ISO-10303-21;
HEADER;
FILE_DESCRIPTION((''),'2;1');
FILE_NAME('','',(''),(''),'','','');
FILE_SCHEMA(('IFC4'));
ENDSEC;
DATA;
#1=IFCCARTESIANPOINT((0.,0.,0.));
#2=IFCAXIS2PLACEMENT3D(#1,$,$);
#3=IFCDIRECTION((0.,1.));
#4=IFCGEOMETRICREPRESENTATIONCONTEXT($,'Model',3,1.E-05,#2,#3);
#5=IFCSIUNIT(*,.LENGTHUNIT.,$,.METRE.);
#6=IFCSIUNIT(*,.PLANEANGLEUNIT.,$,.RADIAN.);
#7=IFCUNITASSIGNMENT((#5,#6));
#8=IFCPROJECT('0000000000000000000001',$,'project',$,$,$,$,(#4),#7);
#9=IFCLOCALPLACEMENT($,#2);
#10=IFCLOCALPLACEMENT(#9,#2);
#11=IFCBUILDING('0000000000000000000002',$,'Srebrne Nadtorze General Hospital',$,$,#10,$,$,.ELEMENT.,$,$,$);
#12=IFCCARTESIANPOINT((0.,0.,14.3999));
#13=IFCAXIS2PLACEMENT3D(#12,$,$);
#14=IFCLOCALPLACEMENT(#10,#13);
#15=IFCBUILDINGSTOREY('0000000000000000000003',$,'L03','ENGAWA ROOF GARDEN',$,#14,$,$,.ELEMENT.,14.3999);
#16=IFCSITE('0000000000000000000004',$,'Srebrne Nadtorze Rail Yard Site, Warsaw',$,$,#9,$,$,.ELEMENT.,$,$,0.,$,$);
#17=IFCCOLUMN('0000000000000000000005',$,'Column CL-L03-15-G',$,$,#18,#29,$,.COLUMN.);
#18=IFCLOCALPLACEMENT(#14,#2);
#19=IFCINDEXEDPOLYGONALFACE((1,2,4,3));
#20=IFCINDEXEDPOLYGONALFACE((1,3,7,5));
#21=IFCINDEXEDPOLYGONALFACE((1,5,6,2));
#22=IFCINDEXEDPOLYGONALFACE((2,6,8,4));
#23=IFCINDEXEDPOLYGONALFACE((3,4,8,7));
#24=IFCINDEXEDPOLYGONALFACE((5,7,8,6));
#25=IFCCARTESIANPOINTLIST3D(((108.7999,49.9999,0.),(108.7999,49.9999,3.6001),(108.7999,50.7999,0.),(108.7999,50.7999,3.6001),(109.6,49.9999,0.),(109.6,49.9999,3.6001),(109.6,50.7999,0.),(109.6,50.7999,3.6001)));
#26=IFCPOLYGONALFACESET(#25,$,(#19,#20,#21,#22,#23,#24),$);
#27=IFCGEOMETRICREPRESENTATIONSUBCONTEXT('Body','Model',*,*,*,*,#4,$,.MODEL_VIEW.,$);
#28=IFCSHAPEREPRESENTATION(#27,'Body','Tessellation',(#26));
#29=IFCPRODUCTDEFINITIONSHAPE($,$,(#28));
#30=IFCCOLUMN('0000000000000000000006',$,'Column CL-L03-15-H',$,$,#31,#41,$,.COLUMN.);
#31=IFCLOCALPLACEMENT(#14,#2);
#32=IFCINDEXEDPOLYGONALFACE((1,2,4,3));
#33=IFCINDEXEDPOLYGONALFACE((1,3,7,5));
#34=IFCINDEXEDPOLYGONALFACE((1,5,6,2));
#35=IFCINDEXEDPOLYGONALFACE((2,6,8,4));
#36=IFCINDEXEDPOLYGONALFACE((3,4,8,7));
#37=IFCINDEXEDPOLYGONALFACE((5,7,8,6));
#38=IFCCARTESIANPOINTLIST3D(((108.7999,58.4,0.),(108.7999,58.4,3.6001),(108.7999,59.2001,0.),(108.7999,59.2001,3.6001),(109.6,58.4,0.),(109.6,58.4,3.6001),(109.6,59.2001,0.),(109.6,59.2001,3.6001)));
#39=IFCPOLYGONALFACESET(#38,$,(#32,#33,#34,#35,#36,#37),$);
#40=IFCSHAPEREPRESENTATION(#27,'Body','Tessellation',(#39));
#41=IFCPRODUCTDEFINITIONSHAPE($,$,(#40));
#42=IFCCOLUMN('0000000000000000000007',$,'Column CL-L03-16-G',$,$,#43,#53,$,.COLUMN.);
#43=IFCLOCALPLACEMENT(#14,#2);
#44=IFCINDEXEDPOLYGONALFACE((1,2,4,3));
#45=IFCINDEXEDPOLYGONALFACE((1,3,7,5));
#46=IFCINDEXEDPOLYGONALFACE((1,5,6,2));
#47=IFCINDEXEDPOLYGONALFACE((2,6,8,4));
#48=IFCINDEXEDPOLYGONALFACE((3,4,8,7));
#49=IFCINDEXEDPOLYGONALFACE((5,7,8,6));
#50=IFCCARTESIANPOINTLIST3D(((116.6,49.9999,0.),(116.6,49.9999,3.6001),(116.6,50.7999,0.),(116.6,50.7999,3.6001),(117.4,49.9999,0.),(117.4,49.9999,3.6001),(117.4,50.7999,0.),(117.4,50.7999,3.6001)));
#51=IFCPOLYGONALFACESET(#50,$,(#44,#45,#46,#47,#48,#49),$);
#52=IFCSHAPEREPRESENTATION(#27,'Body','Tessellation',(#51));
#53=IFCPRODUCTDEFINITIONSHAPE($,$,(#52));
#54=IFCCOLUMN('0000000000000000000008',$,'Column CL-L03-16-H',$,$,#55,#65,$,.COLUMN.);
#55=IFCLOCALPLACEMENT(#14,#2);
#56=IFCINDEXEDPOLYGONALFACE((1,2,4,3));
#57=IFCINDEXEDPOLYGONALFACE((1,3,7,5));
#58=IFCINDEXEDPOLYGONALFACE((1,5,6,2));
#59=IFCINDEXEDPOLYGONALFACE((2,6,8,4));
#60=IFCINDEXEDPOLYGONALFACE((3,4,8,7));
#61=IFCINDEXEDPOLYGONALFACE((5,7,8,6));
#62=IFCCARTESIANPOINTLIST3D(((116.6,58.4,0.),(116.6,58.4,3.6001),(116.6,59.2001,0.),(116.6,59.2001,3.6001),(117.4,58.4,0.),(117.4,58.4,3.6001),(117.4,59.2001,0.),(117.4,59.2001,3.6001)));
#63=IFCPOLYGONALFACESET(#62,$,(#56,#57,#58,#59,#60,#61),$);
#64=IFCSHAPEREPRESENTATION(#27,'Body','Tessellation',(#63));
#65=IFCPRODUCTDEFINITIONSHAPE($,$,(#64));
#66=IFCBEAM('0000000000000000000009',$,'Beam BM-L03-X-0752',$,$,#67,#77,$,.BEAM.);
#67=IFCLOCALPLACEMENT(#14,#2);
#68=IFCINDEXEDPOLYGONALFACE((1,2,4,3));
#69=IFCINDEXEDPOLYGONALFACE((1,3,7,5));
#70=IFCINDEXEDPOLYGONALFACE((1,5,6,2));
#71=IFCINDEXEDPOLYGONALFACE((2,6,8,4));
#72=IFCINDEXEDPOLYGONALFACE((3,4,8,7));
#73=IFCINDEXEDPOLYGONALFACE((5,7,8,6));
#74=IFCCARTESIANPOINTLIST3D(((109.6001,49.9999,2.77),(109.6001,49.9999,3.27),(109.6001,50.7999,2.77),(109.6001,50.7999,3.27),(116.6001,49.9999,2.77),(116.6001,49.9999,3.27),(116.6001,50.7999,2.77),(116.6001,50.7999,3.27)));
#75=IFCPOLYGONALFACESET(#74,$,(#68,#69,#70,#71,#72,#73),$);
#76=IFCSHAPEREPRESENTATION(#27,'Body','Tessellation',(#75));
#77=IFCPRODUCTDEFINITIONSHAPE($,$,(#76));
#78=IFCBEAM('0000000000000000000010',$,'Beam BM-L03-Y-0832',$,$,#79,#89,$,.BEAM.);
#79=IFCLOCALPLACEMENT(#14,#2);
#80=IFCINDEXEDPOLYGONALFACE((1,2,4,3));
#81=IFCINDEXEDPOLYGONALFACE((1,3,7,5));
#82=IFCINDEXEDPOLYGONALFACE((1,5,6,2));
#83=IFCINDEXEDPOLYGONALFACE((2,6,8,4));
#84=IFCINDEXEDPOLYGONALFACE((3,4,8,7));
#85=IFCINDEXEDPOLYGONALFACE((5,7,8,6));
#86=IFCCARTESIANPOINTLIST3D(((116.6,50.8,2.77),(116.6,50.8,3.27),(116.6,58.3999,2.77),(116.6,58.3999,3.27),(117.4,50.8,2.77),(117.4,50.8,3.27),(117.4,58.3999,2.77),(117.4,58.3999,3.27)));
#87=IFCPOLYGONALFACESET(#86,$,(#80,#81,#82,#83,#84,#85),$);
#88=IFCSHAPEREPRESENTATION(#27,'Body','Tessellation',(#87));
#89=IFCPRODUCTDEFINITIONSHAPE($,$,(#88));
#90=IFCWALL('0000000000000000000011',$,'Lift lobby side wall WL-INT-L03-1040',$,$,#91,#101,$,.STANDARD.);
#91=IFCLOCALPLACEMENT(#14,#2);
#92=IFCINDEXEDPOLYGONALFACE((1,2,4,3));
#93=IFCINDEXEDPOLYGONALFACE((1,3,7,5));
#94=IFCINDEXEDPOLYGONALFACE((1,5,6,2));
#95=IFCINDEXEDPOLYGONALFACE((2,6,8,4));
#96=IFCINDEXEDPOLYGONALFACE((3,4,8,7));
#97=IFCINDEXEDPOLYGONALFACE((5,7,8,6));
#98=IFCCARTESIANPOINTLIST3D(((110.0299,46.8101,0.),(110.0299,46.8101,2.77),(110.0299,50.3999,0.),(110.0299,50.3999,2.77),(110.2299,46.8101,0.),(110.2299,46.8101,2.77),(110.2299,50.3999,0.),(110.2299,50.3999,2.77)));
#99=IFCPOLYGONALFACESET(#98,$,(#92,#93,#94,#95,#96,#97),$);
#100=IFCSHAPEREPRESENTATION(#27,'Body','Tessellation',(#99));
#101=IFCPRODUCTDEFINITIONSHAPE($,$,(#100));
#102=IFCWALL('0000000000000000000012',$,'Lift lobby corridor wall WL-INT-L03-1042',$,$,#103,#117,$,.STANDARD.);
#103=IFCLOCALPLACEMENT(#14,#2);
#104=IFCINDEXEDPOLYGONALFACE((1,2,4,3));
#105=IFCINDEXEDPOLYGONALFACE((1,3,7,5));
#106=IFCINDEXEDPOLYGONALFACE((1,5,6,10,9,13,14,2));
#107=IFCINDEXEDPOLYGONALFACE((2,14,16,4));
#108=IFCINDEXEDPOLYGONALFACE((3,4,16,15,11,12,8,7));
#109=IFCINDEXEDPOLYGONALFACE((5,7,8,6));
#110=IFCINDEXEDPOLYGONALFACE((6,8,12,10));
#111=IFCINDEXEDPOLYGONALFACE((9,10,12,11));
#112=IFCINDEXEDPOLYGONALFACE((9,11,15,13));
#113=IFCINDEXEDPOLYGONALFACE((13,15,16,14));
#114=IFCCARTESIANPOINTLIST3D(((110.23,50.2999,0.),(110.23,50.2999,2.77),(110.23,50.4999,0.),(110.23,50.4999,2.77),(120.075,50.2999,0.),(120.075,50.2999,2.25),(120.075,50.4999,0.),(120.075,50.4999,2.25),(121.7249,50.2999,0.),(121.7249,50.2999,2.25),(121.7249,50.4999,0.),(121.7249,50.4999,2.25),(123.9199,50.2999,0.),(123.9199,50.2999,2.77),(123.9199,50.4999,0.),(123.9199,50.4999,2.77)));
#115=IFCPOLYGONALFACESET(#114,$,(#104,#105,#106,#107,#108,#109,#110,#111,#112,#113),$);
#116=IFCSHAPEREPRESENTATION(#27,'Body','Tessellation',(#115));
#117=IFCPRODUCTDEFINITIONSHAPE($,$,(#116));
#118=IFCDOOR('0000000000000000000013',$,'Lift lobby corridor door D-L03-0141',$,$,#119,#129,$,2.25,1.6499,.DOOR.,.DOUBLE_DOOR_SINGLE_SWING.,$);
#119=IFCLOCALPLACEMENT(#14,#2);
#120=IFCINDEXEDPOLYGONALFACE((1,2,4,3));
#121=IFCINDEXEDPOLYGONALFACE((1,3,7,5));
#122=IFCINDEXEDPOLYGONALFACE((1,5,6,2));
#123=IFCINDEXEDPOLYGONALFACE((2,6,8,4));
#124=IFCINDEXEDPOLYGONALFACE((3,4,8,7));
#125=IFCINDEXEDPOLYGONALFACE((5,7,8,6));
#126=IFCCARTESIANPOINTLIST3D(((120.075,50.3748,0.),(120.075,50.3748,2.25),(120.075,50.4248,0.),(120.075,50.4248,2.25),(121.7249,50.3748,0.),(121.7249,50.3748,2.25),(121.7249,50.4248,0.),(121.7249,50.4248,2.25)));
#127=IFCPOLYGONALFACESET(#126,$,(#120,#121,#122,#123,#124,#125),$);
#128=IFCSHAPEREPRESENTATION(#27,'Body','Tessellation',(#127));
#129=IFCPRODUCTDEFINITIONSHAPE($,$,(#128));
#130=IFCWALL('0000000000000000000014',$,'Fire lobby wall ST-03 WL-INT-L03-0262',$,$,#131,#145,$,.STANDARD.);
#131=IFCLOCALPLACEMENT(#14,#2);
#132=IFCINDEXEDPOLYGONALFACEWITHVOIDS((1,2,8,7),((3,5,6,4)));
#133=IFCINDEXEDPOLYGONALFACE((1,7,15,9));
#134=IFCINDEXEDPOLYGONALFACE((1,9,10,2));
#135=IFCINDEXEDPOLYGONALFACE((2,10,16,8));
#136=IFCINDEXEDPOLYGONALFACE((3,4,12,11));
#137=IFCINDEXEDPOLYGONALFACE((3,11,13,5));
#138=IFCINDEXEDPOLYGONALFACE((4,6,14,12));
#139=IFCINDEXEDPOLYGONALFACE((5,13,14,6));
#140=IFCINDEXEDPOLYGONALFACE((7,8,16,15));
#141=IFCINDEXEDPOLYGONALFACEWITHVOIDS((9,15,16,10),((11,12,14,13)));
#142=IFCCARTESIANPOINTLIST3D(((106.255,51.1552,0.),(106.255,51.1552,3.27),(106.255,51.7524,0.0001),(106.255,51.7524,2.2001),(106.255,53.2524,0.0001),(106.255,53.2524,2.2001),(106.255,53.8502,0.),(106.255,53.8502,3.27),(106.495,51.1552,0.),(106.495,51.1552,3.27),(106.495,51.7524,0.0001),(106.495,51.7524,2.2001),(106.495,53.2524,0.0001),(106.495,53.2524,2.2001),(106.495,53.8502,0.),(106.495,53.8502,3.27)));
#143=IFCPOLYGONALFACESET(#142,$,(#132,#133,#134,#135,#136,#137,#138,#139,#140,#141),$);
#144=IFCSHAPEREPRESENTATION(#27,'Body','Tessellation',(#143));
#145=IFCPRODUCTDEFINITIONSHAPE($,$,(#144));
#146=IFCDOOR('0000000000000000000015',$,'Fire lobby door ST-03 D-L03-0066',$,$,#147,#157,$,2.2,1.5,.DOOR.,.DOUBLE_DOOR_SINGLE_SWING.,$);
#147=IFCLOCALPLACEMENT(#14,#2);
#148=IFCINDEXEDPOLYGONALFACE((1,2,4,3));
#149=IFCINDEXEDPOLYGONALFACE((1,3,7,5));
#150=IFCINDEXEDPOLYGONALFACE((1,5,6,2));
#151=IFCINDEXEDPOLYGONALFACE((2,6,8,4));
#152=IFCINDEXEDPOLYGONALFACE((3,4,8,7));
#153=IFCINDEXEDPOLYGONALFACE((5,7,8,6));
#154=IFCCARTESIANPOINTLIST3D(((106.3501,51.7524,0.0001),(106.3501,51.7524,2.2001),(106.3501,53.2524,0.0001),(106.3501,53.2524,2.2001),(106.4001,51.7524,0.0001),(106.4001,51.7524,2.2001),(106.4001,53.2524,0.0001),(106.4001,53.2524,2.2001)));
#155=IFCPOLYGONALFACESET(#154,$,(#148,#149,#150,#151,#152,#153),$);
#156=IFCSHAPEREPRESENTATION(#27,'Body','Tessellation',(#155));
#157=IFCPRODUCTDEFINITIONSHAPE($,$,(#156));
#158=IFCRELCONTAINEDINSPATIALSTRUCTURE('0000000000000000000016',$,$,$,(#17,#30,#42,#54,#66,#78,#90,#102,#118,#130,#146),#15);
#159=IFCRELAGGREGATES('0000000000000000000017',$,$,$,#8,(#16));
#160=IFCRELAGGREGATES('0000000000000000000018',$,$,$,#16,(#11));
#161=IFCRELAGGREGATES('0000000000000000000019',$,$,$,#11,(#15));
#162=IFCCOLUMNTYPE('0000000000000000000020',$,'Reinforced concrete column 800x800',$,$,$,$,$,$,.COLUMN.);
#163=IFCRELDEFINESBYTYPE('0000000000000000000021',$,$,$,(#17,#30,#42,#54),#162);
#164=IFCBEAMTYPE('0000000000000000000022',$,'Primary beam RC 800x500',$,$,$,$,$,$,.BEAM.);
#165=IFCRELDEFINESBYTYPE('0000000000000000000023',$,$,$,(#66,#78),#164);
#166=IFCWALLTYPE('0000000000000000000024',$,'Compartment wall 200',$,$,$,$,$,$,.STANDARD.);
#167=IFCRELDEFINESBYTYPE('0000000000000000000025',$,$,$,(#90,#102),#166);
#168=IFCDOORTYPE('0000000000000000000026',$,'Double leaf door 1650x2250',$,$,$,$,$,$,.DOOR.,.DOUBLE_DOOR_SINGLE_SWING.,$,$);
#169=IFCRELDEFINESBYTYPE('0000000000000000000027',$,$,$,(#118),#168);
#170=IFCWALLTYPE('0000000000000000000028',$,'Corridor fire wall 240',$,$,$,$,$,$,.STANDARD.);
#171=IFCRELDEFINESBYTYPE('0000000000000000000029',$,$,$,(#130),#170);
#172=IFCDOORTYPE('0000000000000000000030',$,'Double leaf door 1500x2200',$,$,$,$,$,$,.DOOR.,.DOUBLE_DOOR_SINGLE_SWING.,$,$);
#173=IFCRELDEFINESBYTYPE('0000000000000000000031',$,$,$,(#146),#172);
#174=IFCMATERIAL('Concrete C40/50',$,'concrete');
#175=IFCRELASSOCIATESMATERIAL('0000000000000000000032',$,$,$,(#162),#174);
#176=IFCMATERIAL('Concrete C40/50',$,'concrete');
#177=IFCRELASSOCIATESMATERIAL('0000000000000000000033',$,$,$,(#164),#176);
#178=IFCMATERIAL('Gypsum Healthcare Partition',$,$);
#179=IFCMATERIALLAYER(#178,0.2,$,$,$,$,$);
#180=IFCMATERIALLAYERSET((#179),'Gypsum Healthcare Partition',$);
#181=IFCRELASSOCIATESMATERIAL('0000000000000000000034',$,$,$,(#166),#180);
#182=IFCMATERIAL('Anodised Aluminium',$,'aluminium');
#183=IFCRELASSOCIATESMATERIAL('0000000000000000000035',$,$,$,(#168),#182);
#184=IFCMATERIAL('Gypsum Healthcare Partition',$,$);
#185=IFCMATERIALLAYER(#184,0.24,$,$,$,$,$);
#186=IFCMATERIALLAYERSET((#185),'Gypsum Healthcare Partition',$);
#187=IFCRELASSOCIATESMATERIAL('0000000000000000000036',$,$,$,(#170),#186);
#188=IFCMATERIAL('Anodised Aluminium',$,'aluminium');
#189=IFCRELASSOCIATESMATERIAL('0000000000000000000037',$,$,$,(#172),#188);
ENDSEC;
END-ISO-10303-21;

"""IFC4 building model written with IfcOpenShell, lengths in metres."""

from ifc_helpers import new_model, si_unit, direction, frame, frame_2d, origin, origin_2d, place, context, subcontext, project, spatial, rectangle, extrude, material, layer, layer_set, material_profile, profile_set, type_object, element, fill, save


model = new_model("IFC4")

# Units and contexts
model_context = context("Model", 3, precision=1e-05, world=origin(), true_north=direction((0.0, 1.0)))
body_context = subcontext(model_context, "Body", "Model", "MODEL_VIEW")
ifc_project = project(units=[si_unit("LENGTHUNIT", "METRE"), si_unit("PLANEANGLEUNIT", "RADIAN")], contexts=[model_context])

# Site, building, storey
site_placement = place(None, origin())
site = spatial("IfcSite", under=ifc_project, at=site_placement, Name="Srebrne Nadtorze Rail Yard Site, Warsaw", CompositionType="ELEMENT", RefElevation=0.0)
building_placement = place(site_placement, origin())
building = spatial("IfcBuilding", under=site, at=building_placement, Name="Srebrne Nadtorze General Hospital", CompositionType="ELEMENT")
storey_placement = place(building_placement, frame((0.0, 0.0, 14.3999)))
storey = spatial("IfcBuildingStorey", under=building, at=storey_placement, Name="L03", Description="ENGAWA ROOF GARDEN", CompositionType="ELEMENT", Elevation=14.3999)

# Columns
ifc_material_1 = material(Name="Concrete C40/50", Category="concrete")
ifc_material_profile_1 = material_profile(ifc_material_1, rectangle(XDim=0.8, YDim=0.8, at=origin_2d()), Name="RC-COL-800x800")
ifc_profile_set_1 = profile_set([ifc_material_profile_1], Name="Concrete C40/50")
column_type = type_object("IfcColumnType", Name="Reinforced concrete column 800x800", PredefinedType="COLUMN", material=ifc_profile_set_1)
for number, where, z_axis, x_axis, name in (
    (1, (109.2, 50.3999, 0.0), (0.0, 0.0, 1.0), (1.0, 0.0, 0.0), "Column CL-L03-15-G"),
    (2, (109.2, 58.8, 0.0), (0.0, 0.0, 1.0), (1.0, 0.0, 0.0), "Column CL-L03-15-H"),
    (3, (117.0, 50.3999, 0.0), (0.0, 0.0, 1.0), (1.0, 0.0, 0.0), "Column CL-L03-16-G"),
    (4, (117.0, 58.8, 0.0), (0.0, 0.0, 1.0), (1.0, 0.0, 0.0), "Column CL-L03-16-H"),
):
    element("IfcColumn", number, at=place(storey_placement, frame(where, z_axis=z_axis, x_axis=x_axis)), inside=storey, type_object=column_type, Name=name, PredefinedType="COLUMN", context=body_context, shape_type="SweptSolid", body=[
        extrude(rectangle(XDim=0.8, YDim=0.8, at=origin_2d()), origin(), (0.0, 0.0, 1.0), 3.6001),
    ])

# Beams
ifc_material_2 = material(Name="Concrete C40/50", Category="concrete")
ifc_material_profile_2 = material_profile(ifc_material_2, rectangle(XDim=0.8, YDim=0.5, at=origin_2d()), Name="RC-BM-800x500")
ifc_profile_set_2 = profile_set([ifc_material_profile_2], Name="Concrete C40/50")
beam_type = type_object("IfcBeamType", Name="Primary beam RC 800x500", PredefinedType="BEAM", material=ifc_profile_set_2)
beam_1_placement = place(storey_placement, frame((109.6001, 50.3999, 3.02), z_axis=(1.0, 0.0, 0.0), x_axis=(0.0, 1.0, 0.0)))
element("IfcBeam", 5, at=beam_1_placement, inside=storey, type_object=beam_type, Name="Beam BM-L03-X-0752", PredefinedType="BEAM", context=body_context, shape_type="SweptSolid", body=[
    extrude(rectangle(XDim=0.8, YDim=0.5, at=origin_2d()), origin(), (0.0, 0.0, 1.0), 7.0),
])
beam_2_placement = place(storey_placement, frame((117.0, 50.8, 3.02), z_axis=(0.0, 1.0, 0.0), x_axis=(-1.0, 0.0, 0.0)))
element("IfcBeam", 6, at=beam_2_placement, inside=storey, type_object=beam_type, Name="Beam BM-L03-Y-0832", PredefinedType="BEAM", context=body_context, shape_type="SweptSolid", body=[
    extrude(rectangle(XDim=0.8, YDim=0.5, at=origin_2d()), origin(), (0.0, 0.0, 1.0), 7.5999),
])

# Wall
ifc_material_3 = material(Name="Gypsum Healthcare Partition")
ifc_layer_1 = layer(ifc_material_3, 0.2)
ifc_layer_set_1 = layer_set([ifc_layer_1], Name="Gypsum Healthcare Partition")
wall_type_1 = type_object("IfcWallType", Name="Compartment wall 200", PredefinedType="STANDARD", material=ifc_layer_set_1)
wall_1_placement = place(storey_placement, frame((110.1299, 46.8101, 0.0), z_axis=(0.0, 0.0, 1.0), x_axis=(0.0, 1.0, 0.0)))
element("IfcWall", 7, at=wall_1_placement, inside=storey, type_object=wall_type_1, Name="Lift lobby side wall WL-INT-L03-1040", PredefinedType="STANDARD", context=body_context, shape_type="SweptSolid", body=[
    extrude(rectangle(XDim=3.5898, YDim=0.2, at=frame_2d((1.7949, 0.0))), origin(), (0.0, 0.0, 1.0), 2.77),
])

# Walls, openings, doors
wall_2_placement = place(storey_placement, frame((110.23, 50.3999, 0.0), z_axis=(0.0, 0.0, 1.0), x_axis=(1.0, 0.0, 0.0)))
wall_2 = element("IfcWall", 8, at=wall_2_placement, inside=storey, type_object=wall_type_1, Name="Lift lobby corridor wall WL-INT-L03-1042", PredefinedType="STANDARD", context=body_context, shape_type="SweptSolid", body=[
    extrude(rectangle(XDim=13.6899, YDim=0.2, at=frame_2d((6.845, 0.0))), origin(), (0.0, 0.0, 1.0), 2.77),
])
opening_1_placement = place(wall_2_placement, frame((9.845, 0.0, 0.0)))
opening_1 = element("IfcOpeningElement", 9, at=opening_1_placement, cuts=wall_2, PredefinedType="OPENING", context=body_context, shape_type="SweptSolid", body=[
    extrude(rectangle(XDim=1.6499, YDim=2.25, at=frame_2d((0.825, 1.125))), frame((0.0, 0.1118, 0.0), z_axis=(0.0, -1.0, 0.0), x_axis=(1.0, 0.0, 0.0)), (0.0, 0.0, 1.0), 0.2239),
])
ifc_material_4 = material(Name="Anodised Aluminium", Category="aluminium")
door_type_1 = type_object("IfcDoorType", Name="Double leaf door 1650x2250", OperationType="DOUBLE_DOOR_SINGLE_SWING", PredefinedType="DOOR", material=ifc_material_4)
door_1_placement = place(opening_1_placement, origin())
door_1 = element("IfcDoor", 10, at=door_1_placement, inside=storey, type_object=door_type_1, Name="Lift lobby corridor door D-L03-0141", OperationType="DOUBLE_DOOR_SINGLE_SWING", OverallHeight=2.25, OverallWidth=1.6499, PredefinedType="DOOR", context=body_context, shape_type="SweptSolid", body=[
    extrude(rectangle(XDim=1.6499, YDim=2.25, at=frame_2d((0.825, 1.125))), frame((0.0, 0.0249, 0.0), z_axis=(0.0, -1.0, 0.0), x_axis=(1.0, 0.0, 0.0)), (0.0, 0.0, 1.0), 0.05),
])
fill(opening_1, door_1)
ifc_material_5 = material(Name="Gypsum Healthcare Partition")
ifc_layer_2 = layer(ifc_material_5, 0.24)
ifc_layer_set_2 = layer_set([ifc_layer_2], Name="Gypsum Healthcare Partition")
wall_type_2 = type_object("IfcWallType", Name="Corridor fire wall 240", PredefinedType="STANDARD", material=ifc_layer_set_2)
wall_3_placement = place(storey_placement, frame((106.375, 51.155, 0.0), z_axis=(0.0, 0.0, 1.0), x_axis=(0.0, 1.0, 0.0)))
wall_3 = element("IfcWall", 11, at=wall_3_placement, inside=storey, type_object=wall_type_2, Name="Fire lobby wall ST-03 WL-INT-L03-0262", PredefinedType="STANDARD", context=body_context, shape_type="SweptSolid", body=[
    extrude(rectangle(XDim=2.6951, YDim=0.24, at=frame_2d((1.3477, 0.0))), origin(), (0.0, 0.0, 1.0), 3.27),
])
opening_2_placement = place(wall_3_placement, frame((0.5974, 0.0, 0.0)))
opening_2 = element("IfcOpeningElement", 12, at=opening_2_placement, cuts=wall_3, PredefinedType="OPENING", context=body_context, shape_type="SweptSolid", body=[
    extrude(rectangle(XDim=1.5, YDim=2.2, at=frame_2d((0.75, 1.1001))), frame((0.0, 0.1318, 0.0), z_axis=(0.0, -1.0, 0.0), x_axis=(1.0, 0.0, 0.0)), (0.0, 0.0, 1.0), 0.2639),
])
ifc_material_6 = material(Name="Anodised Aluminium", Category="aluminium")
door_type_2 = type_object("IfcDoorType", Name="Double leaf door 1500x2200", OperationType="DOUBLE_DOOR_SINGLE_SWING", PredefinedType="DOOR", material=ifc_material_6)
door_2_placement = place(opening_2_placement, origin())
door_2 = element("IfcDoor", 13, at=door_2_placement, inside=storey, type_object=door_type_2, Name="Fire lobby door ST-03 D-L03-0066", OperationType="DOUBLE_DOOR_SINGLE_SWING", OverallHeight=2.2, OverallWidth=1.5, PredefinedType="DOOR", context=body_context, shape_type="SweptSolid", body=[
    extrude(rectangle(XDim=1.5, YDim=2.2, at=frame_2d((0.75, 1.1001))), frame((0.0, 0.0249, 0.0), z_axis=(0.0, -1.0, 0.0), x_axis=(1.0, 0.0, 0.0)), (0.0, 0.0, 1.0), 0.05),
])
fill(opening_2, door_2)

save(model, "model.ifc")
